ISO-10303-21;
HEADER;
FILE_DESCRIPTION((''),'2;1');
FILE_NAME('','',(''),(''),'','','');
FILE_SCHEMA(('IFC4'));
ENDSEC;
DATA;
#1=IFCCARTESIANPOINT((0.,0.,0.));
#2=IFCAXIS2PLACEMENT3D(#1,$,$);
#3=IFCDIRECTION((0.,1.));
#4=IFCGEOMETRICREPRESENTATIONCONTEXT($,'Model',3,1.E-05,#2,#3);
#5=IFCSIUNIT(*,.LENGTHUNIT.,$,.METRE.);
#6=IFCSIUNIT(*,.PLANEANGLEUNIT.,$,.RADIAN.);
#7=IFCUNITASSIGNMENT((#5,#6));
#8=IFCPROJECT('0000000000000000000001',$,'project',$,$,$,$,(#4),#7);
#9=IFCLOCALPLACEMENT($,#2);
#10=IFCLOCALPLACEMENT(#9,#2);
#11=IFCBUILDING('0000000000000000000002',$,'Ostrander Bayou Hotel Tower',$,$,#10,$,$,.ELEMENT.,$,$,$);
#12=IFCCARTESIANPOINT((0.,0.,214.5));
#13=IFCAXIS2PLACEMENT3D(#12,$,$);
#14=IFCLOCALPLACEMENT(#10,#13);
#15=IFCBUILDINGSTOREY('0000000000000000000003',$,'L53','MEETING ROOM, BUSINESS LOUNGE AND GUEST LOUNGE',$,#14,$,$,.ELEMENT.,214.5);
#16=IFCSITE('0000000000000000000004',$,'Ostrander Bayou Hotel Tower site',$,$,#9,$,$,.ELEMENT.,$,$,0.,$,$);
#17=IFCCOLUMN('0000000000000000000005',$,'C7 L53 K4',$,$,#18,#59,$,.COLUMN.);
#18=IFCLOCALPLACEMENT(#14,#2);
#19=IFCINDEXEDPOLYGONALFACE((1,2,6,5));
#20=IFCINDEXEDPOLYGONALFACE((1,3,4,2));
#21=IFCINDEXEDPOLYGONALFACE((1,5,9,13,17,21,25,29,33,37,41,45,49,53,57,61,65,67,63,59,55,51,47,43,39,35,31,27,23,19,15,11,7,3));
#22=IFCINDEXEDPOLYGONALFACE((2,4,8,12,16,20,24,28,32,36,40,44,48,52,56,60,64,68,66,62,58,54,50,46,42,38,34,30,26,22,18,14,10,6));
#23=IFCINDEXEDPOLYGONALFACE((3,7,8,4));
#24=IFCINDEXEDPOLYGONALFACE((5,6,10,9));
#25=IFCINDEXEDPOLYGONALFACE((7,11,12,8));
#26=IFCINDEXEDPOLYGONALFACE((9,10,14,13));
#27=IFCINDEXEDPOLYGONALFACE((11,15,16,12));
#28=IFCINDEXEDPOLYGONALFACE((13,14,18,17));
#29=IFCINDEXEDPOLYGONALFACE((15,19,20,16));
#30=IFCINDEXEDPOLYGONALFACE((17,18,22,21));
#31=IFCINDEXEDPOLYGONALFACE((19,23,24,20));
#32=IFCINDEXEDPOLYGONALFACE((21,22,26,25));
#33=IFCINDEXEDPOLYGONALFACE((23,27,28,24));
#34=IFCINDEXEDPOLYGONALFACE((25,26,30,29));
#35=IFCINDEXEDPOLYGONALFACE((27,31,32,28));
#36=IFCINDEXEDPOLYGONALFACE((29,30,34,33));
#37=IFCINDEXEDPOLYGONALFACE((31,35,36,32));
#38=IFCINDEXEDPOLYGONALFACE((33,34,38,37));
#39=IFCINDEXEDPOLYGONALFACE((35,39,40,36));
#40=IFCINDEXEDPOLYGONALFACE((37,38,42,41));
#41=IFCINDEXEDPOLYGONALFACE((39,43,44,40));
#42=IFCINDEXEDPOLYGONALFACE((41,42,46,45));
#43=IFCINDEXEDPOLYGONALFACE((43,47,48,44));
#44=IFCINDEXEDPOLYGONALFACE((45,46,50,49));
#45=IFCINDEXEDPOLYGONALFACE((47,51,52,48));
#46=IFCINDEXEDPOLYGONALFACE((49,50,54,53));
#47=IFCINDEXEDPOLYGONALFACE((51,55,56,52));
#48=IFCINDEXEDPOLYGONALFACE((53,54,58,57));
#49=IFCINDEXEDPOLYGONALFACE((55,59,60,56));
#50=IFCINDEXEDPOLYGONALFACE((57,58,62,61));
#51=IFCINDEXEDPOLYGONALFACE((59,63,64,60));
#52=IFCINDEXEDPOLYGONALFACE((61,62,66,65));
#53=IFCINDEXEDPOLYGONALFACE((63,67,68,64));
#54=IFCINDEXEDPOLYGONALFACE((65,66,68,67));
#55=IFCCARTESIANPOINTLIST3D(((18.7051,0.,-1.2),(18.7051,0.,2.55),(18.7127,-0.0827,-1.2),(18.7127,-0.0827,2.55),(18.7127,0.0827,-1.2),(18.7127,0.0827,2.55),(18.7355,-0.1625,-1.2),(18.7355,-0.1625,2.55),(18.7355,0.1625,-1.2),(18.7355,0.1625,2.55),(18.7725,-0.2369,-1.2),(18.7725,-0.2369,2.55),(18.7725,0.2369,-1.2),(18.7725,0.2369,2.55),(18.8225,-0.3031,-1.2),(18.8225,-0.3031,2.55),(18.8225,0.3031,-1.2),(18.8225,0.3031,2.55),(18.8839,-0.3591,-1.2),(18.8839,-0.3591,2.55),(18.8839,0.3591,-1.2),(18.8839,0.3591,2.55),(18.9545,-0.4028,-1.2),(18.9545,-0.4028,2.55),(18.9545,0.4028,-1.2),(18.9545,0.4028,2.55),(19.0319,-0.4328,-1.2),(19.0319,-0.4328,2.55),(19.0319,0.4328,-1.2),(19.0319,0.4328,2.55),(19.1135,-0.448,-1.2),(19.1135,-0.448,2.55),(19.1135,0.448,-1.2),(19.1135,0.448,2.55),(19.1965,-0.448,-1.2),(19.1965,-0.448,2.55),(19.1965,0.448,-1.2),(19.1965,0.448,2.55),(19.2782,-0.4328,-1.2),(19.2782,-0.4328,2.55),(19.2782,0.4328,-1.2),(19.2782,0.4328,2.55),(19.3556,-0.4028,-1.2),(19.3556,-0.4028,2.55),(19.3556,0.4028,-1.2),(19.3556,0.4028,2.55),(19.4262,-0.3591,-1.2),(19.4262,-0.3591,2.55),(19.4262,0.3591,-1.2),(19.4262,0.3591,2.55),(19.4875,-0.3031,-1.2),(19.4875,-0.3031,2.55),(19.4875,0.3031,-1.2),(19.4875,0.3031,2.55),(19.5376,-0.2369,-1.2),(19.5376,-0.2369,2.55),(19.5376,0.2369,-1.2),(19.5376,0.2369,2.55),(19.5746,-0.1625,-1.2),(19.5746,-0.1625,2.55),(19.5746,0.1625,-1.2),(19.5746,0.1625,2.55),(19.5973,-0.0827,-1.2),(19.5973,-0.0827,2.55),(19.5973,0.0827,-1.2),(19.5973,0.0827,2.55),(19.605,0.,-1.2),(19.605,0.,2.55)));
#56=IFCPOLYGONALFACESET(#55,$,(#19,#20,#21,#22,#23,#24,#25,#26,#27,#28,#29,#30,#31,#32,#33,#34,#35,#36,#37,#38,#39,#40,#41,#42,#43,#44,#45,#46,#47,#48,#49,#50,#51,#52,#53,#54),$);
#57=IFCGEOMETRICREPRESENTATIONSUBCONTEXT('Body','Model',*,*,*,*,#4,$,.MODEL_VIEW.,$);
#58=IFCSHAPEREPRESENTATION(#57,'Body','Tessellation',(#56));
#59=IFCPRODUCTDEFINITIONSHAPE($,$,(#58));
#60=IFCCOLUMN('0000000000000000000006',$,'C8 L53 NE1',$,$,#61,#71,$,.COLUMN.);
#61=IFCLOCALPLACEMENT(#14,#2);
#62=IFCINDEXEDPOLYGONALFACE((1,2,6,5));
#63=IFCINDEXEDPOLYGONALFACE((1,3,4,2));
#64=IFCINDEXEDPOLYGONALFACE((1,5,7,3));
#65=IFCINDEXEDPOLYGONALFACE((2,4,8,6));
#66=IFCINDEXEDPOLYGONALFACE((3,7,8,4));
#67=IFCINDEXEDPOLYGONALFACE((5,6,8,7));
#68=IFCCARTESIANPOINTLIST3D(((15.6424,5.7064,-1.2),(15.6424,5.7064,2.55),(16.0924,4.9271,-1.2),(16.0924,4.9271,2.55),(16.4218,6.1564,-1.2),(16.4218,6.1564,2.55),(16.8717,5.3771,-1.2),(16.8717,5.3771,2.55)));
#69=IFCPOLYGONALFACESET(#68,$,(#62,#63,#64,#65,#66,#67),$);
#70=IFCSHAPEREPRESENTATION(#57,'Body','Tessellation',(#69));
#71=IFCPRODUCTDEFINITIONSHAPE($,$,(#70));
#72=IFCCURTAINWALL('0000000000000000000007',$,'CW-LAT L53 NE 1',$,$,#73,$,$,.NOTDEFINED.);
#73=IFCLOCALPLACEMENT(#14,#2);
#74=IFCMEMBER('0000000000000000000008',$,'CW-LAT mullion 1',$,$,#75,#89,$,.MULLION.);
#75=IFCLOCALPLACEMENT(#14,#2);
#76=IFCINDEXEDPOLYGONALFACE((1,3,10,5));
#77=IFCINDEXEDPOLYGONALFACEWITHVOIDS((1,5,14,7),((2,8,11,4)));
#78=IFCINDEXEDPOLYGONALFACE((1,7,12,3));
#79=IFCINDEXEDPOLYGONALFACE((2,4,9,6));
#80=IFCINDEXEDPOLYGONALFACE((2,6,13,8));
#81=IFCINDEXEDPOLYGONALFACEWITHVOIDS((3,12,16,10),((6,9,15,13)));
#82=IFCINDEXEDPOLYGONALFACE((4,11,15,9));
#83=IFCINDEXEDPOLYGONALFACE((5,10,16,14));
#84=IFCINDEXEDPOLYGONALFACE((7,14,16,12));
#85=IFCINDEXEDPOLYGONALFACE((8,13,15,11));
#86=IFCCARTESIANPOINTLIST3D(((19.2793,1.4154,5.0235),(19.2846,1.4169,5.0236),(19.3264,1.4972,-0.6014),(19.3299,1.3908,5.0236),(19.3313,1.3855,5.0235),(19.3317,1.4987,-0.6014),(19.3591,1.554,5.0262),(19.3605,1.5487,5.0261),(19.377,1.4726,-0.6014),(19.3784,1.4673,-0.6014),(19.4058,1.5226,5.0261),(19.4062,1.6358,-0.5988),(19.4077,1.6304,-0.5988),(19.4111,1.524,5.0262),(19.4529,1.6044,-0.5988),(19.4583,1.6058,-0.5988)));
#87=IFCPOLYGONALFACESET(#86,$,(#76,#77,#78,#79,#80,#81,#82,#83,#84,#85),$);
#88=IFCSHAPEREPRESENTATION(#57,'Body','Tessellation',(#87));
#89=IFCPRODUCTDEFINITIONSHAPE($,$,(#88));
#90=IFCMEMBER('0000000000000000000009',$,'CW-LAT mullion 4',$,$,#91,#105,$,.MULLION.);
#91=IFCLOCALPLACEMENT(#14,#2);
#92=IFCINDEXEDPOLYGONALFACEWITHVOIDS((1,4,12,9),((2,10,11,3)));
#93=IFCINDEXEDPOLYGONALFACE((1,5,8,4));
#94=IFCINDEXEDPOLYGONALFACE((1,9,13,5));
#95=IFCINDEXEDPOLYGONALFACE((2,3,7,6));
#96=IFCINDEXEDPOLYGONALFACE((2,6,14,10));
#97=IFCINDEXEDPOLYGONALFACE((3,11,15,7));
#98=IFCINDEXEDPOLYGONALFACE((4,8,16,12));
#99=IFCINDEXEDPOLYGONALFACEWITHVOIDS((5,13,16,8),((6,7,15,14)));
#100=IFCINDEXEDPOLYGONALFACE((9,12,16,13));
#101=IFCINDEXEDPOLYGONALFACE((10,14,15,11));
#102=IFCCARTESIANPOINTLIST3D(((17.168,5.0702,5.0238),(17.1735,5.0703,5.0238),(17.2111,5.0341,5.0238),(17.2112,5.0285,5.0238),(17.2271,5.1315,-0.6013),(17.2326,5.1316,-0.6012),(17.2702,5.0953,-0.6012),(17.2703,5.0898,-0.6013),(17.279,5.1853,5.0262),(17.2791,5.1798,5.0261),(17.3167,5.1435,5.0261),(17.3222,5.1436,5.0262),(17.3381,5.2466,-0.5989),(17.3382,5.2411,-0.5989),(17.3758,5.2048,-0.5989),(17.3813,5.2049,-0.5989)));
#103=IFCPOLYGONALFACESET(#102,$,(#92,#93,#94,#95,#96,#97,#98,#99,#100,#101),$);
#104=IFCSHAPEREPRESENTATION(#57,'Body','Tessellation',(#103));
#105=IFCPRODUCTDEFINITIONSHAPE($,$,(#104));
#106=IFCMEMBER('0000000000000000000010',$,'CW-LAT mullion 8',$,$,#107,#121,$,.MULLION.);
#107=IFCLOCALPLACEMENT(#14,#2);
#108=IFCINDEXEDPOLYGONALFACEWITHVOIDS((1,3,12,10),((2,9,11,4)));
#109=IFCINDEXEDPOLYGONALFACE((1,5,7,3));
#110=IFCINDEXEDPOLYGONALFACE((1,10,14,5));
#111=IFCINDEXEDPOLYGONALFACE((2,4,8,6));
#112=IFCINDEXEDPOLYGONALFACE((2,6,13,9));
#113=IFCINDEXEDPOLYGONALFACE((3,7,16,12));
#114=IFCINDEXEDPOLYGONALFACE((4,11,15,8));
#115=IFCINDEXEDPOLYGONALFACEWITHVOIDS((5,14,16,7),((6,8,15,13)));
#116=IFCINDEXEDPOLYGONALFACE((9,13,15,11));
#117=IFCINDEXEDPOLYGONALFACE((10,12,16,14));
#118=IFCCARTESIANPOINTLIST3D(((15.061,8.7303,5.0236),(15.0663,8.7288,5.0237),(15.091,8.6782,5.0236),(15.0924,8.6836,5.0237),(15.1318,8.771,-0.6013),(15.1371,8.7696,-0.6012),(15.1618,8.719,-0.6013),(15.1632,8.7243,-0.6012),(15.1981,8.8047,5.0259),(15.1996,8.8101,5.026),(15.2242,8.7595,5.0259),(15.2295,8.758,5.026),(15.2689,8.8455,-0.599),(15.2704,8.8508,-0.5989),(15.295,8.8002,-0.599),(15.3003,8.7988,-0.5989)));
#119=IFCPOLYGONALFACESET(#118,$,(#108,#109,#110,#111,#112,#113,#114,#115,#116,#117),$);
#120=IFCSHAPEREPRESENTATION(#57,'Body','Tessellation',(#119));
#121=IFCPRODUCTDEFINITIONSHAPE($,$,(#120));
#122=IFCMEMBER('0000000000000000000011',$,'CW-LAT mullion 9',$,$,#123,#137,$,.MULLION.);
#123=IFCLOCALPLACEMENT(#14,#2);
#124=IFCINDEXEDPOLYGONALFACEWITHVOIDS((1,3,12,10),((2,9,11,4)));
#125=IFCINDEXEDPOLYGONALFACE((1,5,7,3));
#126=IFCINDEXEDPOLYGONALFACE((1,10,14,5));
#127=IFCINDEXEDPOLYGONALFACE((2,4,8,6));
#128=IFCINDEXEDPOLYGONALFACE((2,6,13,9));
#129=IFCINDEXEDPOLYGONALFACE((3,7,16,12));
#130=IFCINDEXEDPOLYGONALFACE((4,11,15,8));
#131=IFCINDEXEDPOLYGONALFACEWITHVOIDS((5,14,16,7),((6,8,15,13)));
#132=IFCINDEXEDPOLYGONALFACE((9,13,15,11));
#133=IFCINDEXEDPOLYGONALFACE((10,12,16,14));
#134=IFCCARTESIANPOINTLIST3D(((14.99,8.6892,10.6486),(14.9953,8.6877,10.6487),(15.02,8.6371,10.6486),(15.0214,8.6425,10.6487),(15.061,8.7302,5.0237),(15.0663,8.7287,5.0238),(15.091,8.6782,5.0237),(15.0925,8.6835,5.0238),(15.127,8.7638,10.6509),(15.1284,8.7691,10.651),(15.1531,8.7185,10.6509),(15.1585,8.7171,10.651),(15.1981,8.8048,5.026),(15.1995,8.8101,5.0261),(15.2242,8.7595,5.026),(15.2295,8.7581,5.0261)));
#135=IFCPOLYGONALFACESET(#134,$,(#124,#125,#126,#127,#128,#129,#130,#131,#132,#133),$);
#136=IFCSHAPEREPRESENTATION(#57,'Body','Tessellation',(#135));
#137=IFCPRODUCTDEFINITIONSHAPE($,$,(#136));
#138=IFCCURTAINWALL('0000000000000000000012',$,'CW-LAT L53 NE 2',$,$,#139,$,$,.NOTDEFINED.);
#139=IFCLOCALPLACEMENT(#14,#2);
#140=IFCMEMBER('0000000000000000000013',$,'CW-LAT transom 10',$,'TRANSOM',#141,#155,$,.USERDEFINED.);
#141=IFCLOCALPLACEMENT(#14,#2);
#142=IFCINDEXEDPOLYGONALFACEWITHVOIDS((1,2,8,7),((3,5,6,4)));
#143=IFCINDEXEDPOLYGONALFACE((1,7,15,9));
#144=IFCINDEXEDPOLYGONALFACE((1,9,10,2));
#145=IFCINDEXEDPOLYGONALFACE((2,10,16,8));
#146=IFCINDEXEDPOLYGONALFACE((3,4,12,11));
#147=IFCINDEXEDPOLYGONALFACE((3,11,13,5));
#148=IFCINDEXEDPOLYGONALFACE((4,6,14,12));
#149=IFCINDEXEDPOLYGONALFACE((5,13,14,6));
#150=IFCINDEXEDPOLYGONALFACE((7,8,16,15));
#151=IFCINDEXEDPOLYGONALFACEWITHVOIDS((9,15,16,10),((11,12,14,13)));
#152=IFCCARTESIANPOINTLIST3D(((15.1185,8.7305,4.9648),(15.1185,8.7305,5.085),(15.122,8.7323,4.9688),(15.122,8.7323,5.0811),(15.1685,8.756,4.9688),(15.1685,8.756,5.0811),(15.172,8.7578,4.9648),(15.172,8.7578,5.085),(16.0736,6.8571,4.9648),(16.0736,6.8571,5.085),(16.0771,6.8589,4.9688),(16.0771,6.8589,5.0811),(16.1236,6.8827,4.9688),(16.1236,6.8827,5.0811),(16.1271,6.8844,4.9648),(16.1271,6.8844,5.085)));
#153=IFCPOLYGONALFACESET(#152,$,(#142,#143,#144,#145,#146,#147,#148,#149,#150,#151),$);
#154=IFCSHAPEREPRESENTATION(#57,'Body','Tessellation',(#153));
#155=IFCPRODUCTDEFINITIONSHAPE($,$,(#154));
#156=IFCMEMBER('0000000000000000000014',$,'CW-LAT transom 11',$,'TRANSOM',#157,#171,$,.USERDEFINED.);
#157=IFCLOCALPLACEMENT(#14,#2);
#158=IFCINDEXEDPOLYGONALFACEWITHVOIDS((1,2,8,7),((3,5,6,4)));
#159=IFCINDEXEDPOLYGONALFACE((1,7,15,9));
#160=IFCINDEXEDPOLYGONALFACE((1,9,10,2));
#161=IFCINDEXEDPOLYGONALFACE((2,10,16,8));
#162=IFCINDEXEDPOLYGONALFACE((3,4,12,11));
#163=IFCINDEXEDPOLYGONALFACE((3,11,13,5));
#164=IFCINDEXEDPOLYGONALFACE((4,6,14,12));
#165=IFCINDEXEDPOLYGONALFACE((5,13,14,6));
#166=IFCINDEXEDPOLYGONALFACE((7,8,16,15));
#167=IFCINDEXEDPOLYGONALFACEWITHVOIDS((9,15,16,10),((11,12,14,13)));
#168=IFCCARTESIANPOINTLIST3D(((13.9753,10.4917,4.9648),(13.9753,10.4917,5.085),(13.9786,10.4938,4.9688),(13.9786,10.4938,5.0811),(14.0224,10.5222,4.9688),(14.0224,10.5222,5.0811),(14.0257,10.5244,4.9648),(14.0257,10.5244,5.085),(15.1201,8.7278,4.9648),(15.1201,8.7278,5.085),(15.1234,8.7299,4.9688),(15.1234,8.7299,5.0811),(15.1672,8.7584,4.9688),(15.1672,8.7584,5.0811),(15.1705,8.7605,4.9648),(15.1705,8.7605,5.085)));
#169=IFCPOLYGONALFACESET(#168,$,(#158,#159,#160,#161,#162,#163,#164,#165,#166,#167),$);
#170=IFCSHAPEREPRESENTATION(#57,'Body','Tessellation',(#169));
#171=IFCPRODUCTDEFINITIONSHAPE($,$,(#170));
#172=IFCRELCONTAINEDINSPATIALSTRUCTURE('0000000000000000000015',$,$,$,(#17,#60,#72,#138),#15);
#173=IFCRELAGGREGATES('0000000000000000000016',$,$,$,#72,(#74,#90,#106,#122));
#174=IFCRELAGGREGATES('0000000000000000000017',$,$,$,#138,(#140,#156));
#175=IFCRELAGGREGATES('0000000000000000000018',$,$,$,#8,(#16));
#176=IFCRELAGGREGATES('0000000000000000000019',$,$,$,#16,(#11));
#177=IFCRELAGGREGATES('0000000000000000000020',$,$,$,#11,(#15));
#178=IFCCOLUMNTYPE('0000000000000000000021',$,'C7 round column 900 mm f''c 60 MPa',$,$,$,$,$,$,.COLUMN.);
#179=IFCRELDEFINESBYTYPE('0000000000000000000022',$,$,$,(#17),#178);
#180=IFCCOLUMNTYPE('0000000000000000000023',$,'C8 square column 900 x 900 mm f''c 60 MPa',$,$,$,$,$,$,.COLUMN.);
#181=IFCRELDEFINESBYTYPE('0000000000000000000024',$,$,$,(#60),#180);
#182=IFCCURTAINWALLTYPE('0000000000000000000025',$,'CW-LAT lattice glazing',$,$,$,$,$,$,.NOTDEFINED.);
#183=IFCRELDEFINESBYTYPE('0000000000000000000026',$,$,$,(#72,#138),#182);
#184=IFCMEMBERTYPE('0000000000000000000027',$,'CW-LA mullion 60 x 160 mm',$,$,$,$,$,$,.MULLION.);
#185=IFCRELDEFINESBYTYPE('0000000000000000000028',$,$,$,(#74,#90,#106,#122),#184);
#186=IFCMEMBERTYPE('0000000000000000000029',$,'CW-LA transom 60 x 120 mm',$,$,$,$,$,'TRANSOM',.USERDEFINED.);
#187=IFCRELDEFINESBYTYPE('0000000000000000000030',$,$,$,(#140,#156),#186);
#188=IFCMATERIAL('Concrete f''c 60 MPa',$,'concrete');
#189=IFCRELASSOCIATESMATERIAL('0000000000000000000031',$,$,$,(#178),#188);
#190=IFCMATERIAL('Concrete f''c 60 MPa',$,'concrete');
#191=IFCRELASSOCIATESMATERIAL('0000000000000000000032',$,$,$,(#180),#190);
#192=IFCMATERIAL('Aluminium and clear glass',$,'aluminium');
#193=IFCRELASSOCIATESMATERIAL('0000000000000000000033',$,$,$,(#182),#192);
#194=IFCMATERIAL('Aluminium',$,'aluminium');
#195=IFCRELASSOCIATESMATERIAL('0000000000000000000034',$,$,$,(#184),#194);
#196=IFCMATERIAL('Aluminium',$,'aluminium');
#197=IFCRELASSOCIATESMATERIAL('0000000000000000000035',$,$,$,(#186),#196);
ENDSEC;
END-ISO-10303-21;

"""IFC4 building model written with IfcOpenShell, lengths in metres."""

from ifc_helpers import new_model, si_unit, direction, frame, origin, origin_2d, place, context, subcontext, project, spatial, rectangle, hollow_rectangle, circle, extrude, material, material_profile, profile_set, type_object, element, aggregate, save


model = new_model("IFC4")

# Units and contexts
model_context = context("Model", 3, precision=1e-05, world=origin(), true_north=direction((0.0, 1.0)))
body_context = subcontext(model_context, "Body", "Model", "MODEL_VIEW")
ifc_project = project(units=[si_unit("LENGTHUNIT", "METRE"), si_unit("PLANEANGLEUNIT", "RADIAN")], contexts=[model_context])

# Site, building, storey
site_placement = place(None, origin())
site = spatial("IfcSite", under=ifc_project, at=site_placement, Name="Ostrander Bayou Hotel Tower site", CompositionType="ELEMENT", RefElevation=0.0)
building_placement = place(site_placement, origin())
building = spatial("IfcBuilding", under=site, at=building_placement, Name="Ostrander Bayou Hotel Tower", CompositionType="ELEMENT")
storey_placement = place(building_placement, frame((0.0, 0.0, 214.5)))
storey = spatial("IfcBuildingStorey", under=building, at=storey_placement, Name="L53", Description="MEETING ROOM, BUSINESS LOUNGE AND GUEST LOUNGE", CompositionType="ELEMENT", Elevation=214.5)

# Columns
ifc_material_1 = material(Name="Concrete f'c 60 MPa", Category="concrete")
ifc_material_profile_1 = material_profile(ifc_material_1, circle(Radius=0.45, at=origin_2d()))
ifc_profile_set_1 = profile_set([ifc_material_profile_1], Name="Concrete f'c 60 MPa")
column_type_1 = type_object("IfcColumnType", Name="C7 round column 900 mm f'c 60 MPa", PredefinedType="COLUMN", material=ifc_profile_set_1)
column_1_placement = place(storey_placement, frame((19.155, 0.0, -1.2), z_axis=(0.0, 0.0, 1.0), x_axis=(1.0, 0.0, 0.0)))
element("IfcColumn", 1, at=column_1_placement, inside=storey, type_object=column_type_1, Name="C7 L53 K4", PredefinedType="COLUMN", context=body_context, shape_type="SweptSolid", body=[
    extrude(circle(Radius=0.45, at=origin_2d()), origin(), (0.0, 0.0, 1.0), 3.75),
])
ifc_material_2 = material(Name="Concrete f'c 60 MPa", Category="concrete")
ifc_material_profile_2 = material_profile(ifc_material_2, rectangle(XDim=0.8999, YDim=0.8999, at=origin_2d()))
ifc_profile_set_2 = profile_set([ifc_material_profile_2], Name="Concrete f'c 60 MPa")
column_type_2 = type_object("IfcColumnType", Name="C8 square column 900 x 900 mm f'c 60 MPa", PredefinedType="COLUMN", material=ifc_profile_set_2)
column_2_placement = place(storey_placement, frame((16.2571, 5.5417, -1.2), z_axis=(0.0, 0.0, 1.0), x_axis=(0.5, -0.866025, 0.0)))
element("IfcColumn", 2, at=column_2_placement, inside=storey, type_object=column_type_2, Name="C8 L53 NE1", PredefinedType="COLUMN", context=body_context, shape_type="SweptSolid", body=[
    extrude(rectangle(XDim=0.8999, YDim=0.8999, at=origin_2d()), origin(), (0.0, 0.0, 1.0), 3.75),
])

# Curtain walls, members
ifc_material_3 = material(Name="Aluminium and clear glass", Category="aluminium")
curtain_wall_type = type_object("IfcCurtainWallType", Name="CW-LAT lattice glazing", PredefinedType="NOTDEFINED", material=ifc_material_3)
curtain_wall_1_placement = place(storey_placement, origin())
curtain_wall_1 = element("IfcCurtainWall", 3, at=curtain_wall_1_placement, inside=storey, type_object=curtain_wall_type, Name="CW-LAT L53 NE 1", PredefinedType="NOTDEFINED")
ifc_material_4 = material(Name="Aluminium", Category="aluminium")
ifc_material_profile_3 = material_profile(ifc_material_4, hollow_rectangle(XDim=0.0601, YDim=0.1599, WallThickness=0.0039, at=origin_2d()))
ifc_profile_set_3 = profile_set([ifc_material_profile_3], Name="Aluminium")
member_type_1 = type_object("IfcMemberType", Name="CW-LA mullion 60 x 160 mm", PredefinedType="MULLION", material=ifc_profile_set_3)
member_1_placement = place(storey_placement, frame((19.3923, 1.5515, -0.6001), z_axis=(-0.008376, -0.014538, 0.999859), x_axis=(0.866487, -0.4992, 0.0)))
member_1 = element("IfcMember", 4, at=member_1_placement, type_object=member_type_1, Name="CW-LAT mullion 1", PredefinedType="MULLION", context=body_context, shape_type="SweptSolid", body=[
    extrude(hollow_rectangle(XDim=0.0601, YDim=0.1599, WallThickness=0.0039, at=origin_2d()), origin(), (0.0, 0.0, 1.0), 5.6257),
])
member_2_placement = place(storey_placement, frame((17.3042, 5.1682, -0.6001), z_axis=(-0.010502, -0.010893, 0.999886), x_axis=(0.719895, -0.694082, 0.0)))
member_2 = element("IfcMember", 5, at=member_2_placement, type_object=member_type_1, Name="CW-LAT mullion 4", PredefinedType="MULLION", context=body_context, shape_type="SweptSolid", body=[
    extrude(hollow_rectangle(XDim=0.0601, YDim=0.1599, WallThickness=0.0039, at=origin_2d()), origin(), (0.0, 0.0, 1.0), 5.6257),
])
member_3_placement = place(storey_placement, frame((15.2161, 8.7849, -0.6001), z_axis=(-0.012585, -0.007247, 0.999895), x_axis=(0.499032, -0.866583, 0.0)))
member_3 = element("IfcMember", 6, at=member_3_placement, type_object=member_type_1, Name="CW-LAT mullion 8", PredefinedType="MULLION", context=body_context, shape_type="SweptSolid", body=[
    extrude(hollow_rectangle(XDim=0.0601, YDim=0.1599, WallThickness=0.0039, at=origin_2d()), origin(), (0.0, 0.0, 1.0), 5.6255),
])
member_4_placement = place(storey_placement, frame((15.1453, 8.7441, 5.0249), z_axis=(-0.012629, -0.007291, 0.999894), x_axis=(0.49998, -0.866037, 0.0)))
member_4 = element("IfcMember", 7, at=member_4_placement, type_object=member_type_1, Name="CW-LAT mullion 9", PredefinedType="MULLION", context=body_context, shape_type="SweptSolid", body=[
    extrude(hollow_rectangle(XDim=0.0601, YDim=0.1599, WallThickness=0.0039, at=origin_2d()), origin(), (0.0, 0.0, 1.0), 5.6255),
])
curtain_wall_2_placement = place(storey_placement, origin())
curtain_wall_2 = element("IfcCurtainWall", 8, at=curtain_wall_2_placement, inside=storey, type_object=curtain_wall_type, Name="CW-LAT L53 NE 2", PredefinedType="NOTDEFINED")
ifc_material_5 = material(Name="Aluminium", Category="aluminium")
ifc_material_profile_4 = material_profile(ifc_material_5, hollow_rectangle(XDim=0.0601, YDim=0.1201, WallThickness=0.0039, at=origin_2d()))
ifc_profile_set_4 = profile_set([ifc_material_profile_4], Name="Aluminium")
member_type_2 = type_object("IfcMemberType", Name="CW-LA transom 60 x 120 mm", ElementType="TRANSOM", PredefinedType="USERDEFINED", material=ifc_profile_set_4)
member_5_placement = place(storey_placement, frame((15.1453, 8.7441, 5.0249), z_axis=(0.454213, -0.890893, 0.0), x_axis=(0.890893, 0.454213, 0.0)))
member_5 = element("IfcMember", 9, at=member_5_placement, type_object=member_type_2, Name="CW-LAT transom 10", ObjectType="TRANSOM", PredefinedType="USERDEFINED", context=body_context, shape_type="SweptSolid", body=[
    extrude(hollow_rectangle(XDim=0.0601, YDim=0.1201, WallThickness=0.0039, at=origin_2d()), origin(), (0.0, 0.0, 1.0), 2.1028),
])
member_6_placement = place(storey_placement, frame((15.1453, 8.7441, 5.0249), z_axis=(-0.544396, 0.838828, 0.0), x_axis=(-0.838828, -0.544396, 0.0)))
member_6 = element("IfcMember", 10, at=member_6_placement, type_object=member_type_2, Name="CW-LAT transom 11", ObjectType="TRANSOM", PredefinedType="USERDEFINED", context=body_context, shape_type="SweptSolid", body=[
    extrude(hollow_rectangle(XDim=0.0601, YDim=0.1201, WallThickness=0.0039, at=origin_2d()), origin(), (0.0, 0.0, 1.0), 2.1028),
])

aggregate(curtain_wall_1, [member_1, member_2, member_3, member_4])
aggregate(curtain_wall_2, [member_5, member_6])

save(model, "model.ifc")
